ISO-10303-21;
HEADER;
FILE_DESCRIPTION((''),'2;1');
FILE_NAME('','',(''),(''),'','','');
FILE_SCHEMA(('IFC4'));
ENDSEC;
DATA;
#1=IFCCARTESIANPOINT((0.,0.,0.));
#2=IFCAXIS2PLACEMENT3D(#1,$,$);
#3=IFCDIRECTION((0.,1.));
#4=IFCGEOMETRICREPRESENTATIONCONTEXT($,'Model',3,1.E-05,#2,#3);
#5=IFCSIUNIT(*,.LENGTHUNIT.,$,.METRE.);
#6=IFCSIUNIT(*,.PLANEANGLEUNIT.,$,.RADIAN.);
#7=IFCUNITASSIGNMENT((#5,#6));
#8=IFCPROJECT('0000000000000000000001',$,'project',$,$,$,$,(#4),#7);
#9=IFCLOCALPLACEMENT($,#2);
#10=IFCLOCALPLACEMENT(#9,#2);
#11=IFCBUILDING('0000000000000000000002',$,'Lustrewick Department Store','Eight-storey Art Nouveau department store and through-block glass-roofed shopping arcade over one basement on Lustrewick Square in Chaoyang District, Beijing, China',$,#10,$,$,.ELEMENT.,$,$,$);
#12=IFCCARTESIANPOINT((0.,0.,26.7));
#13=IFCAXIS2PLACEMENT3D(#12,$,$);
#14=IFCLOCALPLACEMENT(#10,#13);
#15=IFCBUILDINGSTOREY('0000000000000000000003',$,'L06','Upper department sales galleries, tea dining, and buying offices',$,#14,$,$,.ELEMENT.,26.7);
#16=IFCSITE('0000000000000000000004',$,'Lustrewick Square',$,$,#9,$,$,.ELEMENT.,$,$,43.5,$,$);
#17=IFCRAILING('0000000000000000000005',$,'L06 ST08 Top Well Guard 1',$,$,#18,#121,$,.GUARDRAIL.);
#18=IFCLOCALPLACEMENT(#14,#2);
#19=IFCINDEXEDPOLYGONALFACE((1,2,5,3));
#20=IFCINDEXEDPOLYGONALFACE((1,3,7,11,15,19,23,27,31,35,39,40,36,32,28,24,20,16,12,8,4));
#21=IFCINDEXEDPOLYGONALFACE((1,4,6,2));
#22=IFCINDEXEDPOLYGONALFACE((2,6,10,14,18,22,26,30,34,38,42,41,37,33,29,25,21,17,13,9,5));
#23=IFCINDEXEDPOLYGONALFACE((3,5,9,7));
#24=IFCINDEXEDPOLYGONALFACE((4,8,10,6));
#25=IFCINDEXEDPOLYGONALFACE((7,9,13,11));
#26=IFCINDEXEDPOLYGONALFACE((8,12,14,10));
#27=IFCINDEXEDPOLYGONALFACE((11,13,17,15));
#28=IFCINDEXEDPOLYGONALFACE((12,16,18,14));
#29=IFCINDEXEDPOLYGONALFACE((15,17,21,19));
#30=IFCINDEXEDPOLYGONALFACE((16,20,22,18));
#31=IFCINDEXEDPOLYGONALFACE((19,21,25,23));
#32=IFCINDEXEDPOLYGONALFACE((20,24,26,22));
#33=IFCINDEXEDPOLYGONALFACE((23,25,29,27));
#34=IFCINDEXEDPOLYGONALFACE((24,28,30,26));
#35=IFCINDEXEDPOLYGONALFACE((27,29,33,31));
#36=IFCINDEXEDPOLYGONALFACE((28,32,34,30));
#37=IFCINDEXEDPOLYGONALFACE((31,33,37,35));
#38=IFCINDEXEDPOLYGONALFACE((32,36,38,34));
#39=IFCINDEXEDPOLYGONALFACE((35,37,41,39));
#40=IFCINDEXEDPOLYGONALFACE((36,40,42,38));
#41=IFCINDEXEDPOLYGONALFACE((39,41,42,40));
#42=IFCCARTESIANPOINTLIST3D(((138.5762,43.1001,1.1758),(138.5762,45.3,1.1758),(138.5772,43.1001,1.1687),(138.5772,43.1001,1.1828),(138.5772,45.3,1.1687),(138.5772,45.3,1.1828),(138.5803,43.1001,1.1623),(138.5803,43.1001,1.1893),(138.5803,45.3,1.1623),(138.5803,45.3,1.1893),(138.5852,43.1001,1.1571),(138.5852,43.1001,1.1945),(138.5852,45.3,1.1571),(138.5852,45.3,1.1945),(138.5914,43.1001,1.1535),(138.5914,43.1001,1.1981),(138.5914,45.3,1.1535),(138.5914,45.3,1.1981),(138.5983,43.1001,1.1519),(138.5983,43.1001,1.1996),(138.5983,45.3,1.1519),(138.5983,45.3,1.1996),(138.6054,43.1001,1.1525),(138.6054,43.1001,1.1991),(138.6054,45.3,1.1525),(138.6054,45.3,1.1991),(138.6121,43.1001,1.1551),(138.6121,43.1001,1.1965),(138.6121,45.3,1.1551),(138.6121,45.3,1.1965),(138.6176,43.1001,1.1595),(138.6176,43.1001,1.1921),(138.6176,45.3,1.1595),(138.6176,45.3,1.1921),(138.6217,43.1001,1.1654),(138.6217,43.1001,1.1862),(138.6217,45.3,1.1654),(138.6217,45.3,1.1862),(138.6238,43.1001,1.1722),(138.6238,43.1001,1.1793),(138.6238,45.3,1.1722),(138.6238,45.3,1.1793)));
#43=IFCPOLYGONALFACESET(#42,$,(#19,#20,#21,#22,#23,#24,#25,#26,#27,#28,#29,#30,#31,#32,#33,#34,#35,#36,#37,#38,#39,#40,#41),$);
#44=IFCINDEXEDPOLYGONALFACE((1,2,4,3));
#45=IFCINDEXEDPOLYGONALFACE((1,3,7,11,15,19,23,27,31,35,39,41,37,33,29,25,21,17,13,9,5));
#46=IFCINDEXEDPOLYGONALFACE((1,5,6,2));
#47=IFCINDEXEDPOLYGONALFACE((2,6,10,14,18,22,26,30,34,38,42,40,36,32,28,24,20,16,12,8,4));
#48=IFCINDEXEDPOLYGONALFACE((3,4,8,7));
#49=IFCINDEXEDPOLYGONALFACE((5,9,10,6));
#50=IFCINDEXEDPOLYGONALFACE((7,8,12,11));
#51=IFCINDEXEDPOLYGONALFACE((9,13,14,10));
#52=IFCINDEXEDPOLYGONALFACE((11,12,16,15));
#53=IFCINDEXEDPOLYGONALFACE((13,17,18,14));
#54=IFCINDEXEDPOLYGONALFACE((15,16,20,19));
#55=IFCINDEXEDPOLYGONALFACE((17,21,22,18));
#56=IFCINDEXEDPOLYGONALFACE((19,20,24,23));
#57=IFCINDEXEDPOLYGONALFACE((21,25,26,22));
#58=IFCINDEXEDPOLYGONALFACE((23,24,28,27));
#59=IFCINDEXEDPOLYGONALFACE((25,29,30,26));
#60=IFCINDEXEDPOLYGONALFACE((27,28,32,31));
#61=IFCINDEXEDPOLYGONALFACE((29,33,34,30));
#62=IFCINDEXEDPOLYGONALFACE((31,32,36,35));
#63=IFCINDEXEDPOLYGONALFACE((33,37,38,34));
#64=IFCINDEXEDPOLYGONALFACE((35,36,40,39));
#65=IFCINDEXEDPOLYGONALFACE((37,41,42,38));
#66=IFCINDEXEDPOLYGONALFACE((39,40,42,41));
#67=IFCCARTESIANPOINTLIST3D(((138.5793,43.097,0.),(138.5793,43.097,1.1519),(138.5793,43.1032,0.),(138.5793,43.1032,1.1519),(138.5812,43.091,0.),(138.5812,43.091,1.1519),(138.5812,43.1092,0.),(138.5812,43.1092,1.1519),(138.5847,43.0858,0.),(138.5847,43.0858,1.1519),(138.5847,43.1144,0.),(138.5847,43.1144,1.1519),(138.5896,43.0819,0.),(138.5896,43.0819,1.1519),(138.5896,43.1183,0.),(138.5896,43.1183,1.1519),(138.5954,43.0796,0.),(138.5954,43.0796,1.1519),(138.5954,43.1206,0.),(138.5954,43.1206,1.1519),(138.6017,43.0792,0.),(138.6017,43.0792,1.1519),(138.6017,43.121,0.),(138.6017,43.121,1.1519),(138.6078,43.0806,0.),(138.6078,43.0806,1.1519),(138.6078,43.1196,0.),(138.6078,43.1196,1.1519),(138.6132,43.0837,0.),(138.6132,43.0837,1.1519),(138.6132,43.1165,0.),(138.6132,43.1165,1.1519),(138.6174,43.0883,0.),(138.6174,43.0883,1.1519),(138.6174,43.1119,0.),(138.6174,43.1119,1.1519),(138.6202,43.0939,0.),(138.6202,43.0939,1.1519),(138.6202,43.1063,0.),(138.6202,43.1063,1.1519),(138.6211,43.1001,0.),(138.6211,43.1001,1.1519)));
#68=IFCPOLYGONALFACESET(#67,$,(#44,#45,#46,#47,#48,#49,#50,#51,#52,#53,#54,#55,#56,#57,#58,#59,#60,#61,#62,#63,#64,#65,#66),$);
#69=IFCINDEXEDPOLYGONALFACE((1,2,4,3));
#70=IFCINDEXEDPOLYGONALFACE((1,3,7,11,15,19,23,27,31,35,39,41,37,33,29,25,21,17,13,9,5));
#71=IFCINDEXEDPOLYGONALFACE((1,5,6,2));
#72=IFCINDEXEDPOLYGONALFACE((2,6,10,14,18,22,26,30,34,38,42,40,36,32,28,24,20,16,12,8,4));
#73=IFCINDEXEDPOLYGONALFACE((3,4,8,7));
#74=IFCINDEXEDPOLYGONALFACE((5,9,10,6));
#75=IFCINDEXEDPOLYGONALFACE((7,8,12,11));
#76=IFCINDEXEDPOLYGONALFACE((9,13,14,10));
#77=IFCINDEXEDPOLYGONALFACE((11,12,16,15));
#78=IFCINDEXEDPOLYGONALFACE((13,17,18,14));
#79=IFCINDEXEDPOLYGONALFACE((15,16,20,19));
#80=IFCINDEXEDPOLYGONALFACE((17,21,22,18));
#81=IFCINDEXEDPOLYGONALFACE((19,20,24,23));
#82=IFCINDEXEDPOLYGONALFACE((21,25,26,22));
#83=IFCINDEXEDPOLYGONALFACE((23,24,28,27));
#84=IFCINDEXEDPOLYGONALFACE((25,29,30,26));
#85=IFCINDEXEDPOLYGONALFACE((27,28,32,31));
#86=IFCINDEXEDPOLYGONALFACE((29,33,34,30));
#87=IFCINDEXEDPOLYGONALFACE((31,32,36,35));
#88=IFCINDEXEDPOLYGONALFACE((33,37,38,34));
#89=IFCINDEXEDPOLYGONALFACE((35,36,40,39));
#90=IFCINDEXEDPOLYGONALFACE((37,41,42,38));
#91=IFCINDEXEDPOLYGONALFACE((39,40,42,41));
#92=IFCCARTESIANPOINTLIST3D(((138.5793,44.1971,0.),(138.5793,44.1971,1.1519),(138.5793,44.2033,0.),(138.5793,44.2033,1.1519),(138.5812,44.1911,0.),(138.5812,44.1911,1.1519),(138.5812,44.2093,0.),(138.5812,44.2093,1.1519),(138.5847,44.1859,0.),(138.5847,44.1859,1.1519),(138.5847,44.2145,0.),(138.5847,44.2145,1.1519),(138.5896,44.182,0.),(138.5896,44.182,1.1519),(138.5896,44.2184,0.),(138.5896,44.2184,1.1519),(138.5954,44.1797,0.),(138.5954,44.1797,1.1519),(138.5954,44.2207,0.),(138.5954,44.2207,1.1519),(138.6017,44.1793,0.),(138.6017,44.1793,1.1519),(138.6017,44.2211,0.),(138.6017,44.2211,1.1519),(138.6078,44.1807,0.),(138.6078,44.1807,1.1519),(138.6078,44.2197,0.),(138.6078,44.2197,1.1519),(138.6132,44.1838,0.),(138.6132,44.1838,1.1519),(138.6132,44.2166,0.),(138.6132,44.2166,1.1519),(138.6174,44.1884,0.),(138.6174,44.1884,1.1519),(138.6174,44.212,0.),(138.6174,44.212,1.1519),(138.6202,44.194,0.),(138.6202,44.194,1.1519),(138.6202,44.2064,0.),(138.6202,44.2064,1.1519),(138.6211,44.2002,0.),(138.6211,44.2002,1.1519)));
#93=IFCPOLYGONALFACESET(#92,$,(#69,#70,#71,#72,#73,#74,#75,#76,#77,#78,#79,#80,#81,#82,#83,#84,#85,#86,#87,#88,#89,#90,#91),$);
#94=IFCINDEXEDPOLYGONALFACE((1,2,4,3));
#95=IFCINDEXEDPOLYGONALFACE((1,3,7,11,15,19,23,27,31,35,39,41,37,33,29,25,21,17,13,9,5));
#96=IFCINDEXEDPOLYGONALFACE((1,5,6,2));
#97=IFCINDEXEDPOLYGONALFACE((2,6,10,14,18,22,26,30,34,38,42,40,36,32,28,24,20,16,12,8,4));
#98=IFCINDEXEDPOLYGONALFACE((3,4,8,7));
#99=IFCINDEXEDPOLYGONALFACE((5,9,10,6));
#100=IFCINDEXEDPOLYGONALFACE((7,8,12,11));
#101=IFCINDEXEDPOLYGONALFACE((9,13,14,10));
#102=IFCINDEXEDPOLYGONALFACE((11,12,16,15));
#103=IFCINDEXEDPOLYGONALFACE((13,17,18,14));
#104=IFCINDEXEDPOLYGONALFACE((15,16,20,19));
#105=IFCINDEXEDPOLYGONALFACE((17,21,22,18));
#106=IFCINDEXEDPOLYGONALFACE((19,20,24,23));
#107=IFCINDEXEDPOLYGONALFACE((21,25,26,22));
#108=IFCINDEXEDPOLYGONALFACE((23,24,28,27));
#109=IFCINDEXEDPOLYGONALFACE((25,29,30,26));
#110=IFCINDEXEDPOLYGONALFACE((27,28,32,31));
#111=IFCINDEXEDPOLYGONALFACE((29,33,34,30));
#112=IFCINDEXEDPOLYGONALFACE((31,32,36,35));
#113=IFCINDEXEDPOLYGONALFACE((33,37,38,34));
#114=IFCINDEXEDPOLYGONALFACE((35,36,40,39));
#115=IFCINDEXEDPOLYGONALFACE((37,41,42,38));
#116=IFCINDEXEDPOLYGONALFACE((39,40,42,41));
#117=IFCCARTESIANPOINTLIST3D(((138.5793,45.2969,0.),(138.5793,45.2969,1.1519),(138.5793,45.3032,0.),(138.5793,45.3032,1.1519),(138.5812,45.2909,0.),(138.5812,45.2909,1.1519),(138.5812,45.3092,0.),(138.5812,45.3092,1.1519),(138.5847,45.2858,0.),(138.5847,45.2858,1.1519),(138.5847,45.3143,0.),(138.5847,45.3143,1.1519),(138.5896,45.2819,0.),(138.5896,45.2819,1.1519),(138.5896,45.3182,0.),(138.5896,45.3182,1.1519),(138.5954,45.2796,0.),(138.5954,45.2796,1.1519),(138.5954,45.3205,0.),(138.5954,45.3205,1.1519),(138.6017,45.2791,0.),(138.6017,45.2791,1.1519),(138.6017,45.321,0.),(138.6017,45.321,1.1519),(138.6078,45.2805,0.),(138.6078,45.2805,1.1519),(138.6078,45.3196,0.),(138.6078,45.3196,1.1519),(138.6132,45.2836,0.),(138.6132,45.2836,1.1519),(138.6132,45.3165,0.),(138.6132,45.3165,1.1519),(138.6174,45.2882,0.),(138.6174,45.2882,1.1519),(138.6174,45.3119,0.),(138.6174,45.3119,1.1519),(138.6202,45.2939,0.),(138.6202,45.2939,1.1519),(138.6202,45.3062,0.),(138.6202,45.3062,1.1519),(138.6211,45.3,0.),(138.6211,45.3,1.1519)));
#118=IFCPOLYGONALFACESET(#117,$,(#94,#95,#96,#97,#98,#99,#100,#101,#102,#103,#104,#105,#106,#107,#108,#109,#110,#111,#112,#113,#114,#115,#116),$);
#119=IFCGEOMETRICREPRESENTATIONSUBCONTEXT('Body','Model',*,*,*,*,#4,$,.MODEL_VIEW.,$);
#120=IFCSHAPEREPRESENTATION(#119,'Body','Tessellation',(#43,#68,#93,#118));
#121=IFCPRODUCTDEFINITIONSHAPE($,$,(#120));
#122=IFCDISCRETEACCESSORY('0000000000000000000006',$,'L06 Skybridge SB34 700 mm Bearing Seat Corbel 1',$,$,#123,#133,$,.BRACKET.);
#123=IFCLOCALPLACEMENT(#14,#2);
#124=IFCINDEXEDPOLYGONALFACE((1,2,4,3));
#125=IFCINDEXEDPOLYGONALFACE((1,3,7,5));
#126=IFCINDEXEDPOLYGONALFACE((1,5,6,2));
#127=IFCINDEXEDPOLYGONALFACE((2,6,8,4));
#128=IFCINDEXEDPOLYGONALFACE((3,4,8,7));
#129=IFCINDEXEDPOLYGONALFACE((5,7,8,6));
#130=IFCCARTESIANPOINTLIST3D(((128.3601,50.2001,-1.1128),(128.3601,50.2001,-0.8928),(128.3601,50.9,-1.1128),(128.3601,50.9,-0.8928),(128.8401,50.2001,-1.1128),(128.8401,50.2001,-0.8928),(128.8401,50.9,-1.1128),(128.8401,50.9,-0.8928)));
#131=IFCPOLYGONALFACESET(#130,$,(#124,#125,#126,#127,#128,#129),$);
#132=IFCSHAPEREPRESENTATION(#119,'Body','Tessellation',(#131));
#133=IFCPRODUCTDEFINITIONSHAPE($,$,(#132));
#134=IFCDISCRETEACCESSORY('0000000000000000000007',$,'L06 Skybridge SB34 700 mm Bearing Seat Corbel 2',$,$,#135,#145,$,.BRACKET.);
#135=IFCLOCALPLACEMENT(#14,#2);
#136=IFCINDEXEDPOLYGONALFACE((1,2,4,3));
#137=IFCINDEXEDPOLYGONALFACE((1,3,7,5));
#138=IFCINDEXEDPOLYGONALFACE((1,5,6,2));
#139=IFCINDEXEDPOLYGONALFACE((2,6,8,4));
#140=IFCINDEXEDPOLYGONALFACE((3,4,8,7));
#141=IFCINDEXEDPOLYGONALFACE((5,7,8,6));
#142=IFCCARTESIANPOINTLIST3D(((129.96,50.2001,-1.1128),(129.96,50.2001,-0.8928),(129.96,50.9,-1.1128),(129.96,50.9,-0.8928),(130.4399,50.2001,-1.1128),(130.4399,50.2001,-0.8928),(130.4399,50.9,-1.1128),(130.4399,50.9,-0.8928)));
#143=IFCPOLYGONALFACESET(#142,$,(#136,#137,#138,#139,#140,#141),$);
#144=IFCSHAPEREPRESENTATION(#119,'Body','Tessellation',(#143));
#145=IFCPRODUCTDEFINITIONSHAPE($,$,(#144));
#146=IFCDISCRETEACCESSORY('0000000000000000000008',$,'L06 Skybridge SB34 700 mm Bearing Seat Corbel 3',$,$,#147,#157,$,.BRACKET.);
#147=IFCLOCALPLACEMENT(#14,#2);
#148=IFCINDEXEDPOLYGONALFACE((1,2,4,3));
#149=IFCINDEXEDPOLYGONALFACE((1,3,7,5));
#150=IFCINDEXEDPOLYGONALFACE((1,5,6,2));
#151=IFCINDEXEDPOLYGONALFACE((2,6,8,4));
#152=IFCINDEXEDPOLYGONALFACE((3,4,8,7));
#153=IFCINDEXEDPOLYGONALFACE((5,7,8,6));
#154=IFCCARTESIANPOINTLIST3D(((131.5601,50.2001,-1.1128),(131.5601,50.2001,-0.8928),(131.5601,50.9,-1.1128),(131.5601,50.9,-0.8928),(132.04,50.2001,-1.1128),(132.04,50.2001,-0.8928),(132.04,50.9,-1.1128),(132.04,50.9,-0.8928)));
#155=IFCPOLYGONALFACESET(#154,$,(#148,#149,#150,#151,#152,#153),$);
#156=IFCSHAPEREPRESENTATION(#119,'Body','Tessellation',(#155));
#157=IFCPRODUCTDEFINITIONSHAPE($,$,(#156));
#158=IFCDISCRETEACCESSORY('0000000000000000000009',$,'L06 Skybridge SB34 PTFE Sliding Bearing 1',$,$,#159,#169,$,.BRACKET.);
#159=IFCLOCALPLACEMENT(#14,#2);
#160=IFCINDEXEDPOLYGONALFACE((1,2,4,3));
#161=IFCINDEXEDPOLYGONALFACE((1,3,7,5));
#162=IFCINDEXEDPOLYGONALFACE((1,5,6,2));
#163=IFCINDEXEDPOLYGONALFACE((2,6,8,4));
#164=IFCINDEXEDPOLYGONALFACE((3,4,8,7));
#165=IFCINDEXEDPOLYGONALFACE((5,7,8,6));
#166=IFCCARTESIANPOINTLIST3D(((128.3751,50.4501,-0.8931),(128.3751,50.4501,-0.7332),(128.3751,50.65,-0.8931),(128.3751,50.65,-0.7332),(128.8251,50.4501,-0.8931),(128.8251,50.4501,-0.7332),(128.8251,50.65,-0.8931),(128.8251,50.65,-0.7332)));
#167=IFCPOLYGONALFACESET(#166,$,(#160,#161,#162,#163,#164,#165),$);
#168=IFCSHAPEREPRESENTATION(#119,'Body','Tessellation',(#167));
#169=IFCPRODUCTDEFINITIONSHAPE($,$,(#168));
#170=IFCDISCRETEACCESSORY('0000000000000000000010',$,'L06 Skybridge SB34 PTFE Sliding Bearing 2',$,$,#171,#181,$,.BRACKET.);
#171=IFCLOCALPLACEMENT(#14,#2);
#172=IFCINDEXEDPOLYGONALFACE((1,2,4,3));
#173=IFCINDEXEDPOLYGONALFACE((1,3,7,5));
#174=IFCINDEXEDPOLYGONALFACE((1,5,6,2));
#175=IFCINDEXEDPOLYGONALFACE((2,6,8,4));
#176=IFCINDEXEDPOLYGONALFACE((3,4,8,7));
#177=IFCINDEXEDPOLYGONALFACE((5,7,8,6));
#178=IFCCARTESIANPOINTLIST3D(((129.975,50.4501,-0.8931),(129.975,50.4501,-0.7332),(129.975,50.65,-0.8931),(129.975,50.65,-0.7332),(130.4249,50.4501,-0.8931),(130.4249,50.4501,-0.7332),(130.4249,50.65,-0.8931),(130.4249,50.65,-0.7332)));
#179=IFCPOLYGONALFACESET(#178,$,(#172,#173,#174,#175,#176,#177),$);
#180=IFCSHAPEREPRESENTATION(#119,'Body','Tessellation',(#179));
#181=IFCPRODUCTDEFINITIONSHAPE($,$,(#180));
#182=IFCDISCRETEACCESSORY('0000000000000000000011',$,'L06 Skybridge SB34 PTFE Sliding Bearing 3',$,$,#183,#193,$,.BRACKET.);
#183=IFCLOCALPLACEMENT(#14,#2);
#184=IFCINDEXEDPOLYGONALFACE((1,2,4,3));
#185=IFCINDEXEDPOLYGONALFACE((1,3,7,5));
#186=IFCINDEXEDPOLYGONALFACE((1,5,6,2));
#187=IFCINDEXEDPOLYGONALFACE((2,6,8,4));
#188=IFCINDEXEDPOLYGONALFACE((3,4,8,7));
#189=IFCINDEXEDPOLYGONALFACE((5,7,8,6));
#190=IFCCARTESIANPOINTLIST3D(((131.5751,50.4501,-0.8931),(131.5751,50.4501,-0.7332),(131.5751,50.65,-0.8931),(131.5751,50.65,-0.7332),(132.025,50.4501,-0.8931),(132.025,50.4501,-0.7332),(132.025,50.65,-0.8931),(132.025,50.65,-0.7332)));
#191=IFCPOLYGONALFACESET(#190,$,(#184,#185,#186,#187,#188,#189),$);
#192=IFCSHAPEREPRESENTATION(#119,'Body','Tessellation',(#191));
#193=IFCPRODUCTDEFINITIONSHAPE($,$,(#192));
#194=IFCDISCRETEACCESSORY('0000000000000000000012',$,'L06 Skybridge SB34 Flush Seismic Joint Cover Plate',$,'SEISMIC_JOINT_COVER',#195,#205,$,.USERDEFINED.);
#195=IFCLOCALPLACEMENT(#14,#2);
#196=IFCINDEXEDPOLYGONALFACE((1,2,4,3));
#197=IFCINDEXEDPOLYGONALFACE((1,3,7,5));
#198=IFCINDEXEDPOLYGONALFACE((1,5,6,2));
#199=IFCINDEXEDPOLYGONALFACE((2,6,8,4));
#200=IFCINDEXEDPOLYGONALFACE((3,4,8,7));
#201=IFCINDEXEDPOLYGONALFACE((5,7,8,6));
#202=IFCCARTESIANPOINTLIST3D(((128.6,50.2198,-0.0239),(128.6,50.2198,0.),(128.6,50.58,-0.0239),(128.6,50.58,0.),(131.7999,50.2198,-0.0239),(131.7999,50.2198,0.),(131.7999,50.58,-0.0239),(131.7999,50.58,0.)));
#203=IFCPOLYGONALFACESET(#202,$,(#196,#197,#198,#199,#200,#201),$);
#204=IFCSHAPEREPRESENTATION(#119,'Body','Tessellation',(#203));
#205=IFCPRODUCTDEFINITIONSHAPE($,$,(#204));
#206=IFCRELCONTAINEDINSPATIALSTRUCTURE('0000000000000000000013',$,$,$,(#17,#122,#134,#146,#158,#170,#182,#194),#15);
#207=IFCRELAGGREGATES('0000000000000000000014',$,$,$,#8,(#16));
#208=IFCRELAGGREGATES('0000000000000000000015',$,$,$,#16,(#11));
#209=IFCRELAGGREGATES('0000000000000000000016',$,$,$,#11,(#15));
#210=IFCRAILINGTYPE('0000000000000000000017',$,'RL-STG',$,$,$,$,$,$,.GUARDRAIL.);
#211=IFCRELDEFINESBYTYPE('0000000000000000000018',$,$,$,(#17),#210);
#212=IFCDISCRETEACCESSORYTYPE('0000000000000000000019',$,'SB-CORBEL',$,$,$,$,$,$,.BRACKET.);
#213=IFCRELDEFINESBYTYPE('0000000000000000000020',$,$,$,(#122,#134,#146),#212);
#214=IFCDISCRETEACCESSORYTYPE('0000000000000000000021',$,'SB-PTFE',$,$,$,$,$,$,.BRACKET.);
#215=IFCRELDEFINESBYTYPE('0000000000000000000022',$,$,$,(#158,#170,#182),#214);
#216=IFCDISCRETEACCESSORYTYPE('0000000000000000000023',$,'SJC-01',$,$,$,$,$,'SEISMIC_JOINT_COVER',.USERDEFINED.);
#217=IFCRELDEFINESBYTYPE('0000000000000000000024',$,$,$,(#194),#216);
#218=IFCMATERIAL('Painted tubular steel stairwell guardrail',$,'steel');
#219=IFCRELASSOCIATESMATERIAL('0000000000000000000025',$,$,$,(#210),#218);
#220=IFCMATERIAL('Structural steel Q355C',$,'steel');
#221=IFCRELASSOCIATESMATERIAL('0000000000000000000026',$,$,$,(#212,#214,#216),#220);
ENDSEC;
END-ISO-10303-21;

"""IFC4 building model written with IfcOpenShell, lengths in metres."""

from ifc_helpers import new_model, si_unit, direction, frame, origin, origin_2d, place, context, subcontext, project, spatial, rectangle, circle, extrude, material, type_object, element, save


model = new_model("IFC4")

# Units and contexts
model_context = context("Model", 3, precision=1e-05, world=origin(), true_north=direction((0.0, 1.0)))
body_context = subcontext(model_context, "Body", "Model", "MODEL_VIEW")
ifc_project = project(units=[si_unit("LENGTHUNIT", "METRE"), si_unit("PLANEANGLEUNIT", "RADIAN")], contexts=[model_context])

# Site, building, storey
site_placement = place(None, origin())
site = spatial("IfcSite", under=ifc_project, at=site_placement, Name="Lustrewick Square", CompositionType="ELEMENT", RefElevation=43.5)
building_placement = place(site_placement, origin())
building = spatial("IfcBuilding", under=site, at=building_placement, Name="Lustrewick Department Store", Description="Eight-storey Art Nouveau department store and through-block glass-roofed shopping arcade over one basement on Lustrewick Square in Chaoyang District, Beijing, China", CompositionType="ELEMENT")
storey_placement = place(building_placement, frame((0.0, 0.0, 26.7)))
storey = spatial("IfcBuildingStorey", under=building, at=storey_placement, Name="L06", Description="Upper department sales galleries, tea dining, and buying offices", CompositionType="ELEMENT", Elevation=26.7)

# Railing
ifc_material_1 = material(Name="Painted tubular steel stairwell guardrail", Category="steel")
railing_type_1 = type_object("IfcRailingType", Name="RL-STG", PredefinedType="GUARDRAIL", material=ifc_material_1)
railing_1_placement = place(storey_placement, frame((138.6001, 43.1001, 0.0)))
element("IfcRailing", 1, at=railing_1_placement, inside=storey, type_object=railing_type_1, Name="L06 ST08 Top Well Guard 1", PredefinedType="GUARDRAIL", context=body_context, shape_type="SweptSolid", body=[
    extrude(circle(Radius=0.0239, at=origin_2d()), frame((0.0, 0.0, 1.1758), z_axis=(0.0, 1.0, 0.0), x_axis=(-1.0, 0.0, 0.0)), (0.0, 0.0, 1.0), 2.2),
    extrude(circle(Radius=0.021, at=origin_2d()), origin(), (0.0, 0.0, 1.0), 1.1519),
    extrude(circle(Radius=0.021, at=origin_2d()), frame((0.0, 1.1001, 0.0)), (0.0, 0.0, 1.0), 1.1519),
    extrude(circle(Radius=0.021, at=origin_2d()), frame((0.0, 2.2, 0.0)), (0.0, 0.0, 1.0), 1.1519),
])

# Discrete accessories
ifc_material_2 = material(Name="Structural steel Q355C", Category="steel")
discrete_accessory_type_1 = type_object("IfcDiscreteAccessoryType", Name="SB-CORBEL", PredefinedType="BRACKET", material=ifc_material_2)
for number, where, z_axis, x_axis, name in (
    (2, (128.6001, 50.55, -1.1128), (0.0, 0.0, 1.0), (1.0, 0.0, 0.0), "L06 Skybridge SB34 700 mm Bearing Seat Corbel 1"),
    (3, (130.2, 50.55, -1.1128), (0.0, 0.0, 1.0), (1.0, 0.0, 0.0), "L06 Skybridge SB34 700 mm Bearing Seat Corbel 2"),
    (4, (131.8, 50.55, -1.1128), (0.0, 0.0, 1.0), (1.0, 0.0, 0.0), "L06 Skybridge SB34 700 mm Bearing Seat Corbel 3"),
):
    element("IfcDiscreteAccessory", number, at=place(storey_placement, frame(where, z_axis=z_axis, x_axis=x_axis)), inside=storey, type_object=discrete_accessory_type_1, Name=name, PredefinedType="BRACKET", context=body_context, shape_type="SweptSolid", body=[
        extrude(rectangle(XDim=0.48, YDim=0.7, at=origin_2d()), origin(), (0.0, 0.0, 1.0), 0.22),
    ])
discrete_accessory_type_2 = type_object("IfcDiscreteAccessoryType", Name="SB-PTFE", PredefinedType="BRACKET", material=ifc_material_2)
for number, where, z_axis, x_axis, name in (
    (5, (128.6001, 50.55, -0.8931), (0.0, 0.0, 1.0), (1.0, 0.0, 0.0), "L06 Skybridge SB34 PTFE Sliding Bearing 1"),
    (6, (130.2, 50.55, -0.8931), (0.0, 0.0, 1.0), (1.0, 0.0, 0.0), "L06 Skybridge SB34 PTFE Sliding Bearing 2"),
    (7, (131.8, 50.55, -0.8931), (0.0, 0.0, 1.0), (1.0, 0.0, 0.0), "L06 Skybridge SB34 PTFE Sliding Bearing 3"),
):
    element("IfcDiscreteAccessory", number, at=place(storey_placement, frame(where, z_axis=z_axis, x_axis=x_axis)), inside=storey, type_object=discrete_accessory_type_2, Name=name, PredefinedType="BRACKET", context=body_context, shape_type="SweptSolid", body=[
        extrude(rectangle(XDim=0.45, YDim=0.2, at=origin_2d()), origin(), (0.0, 0.0, 1.0), 0.1599),
    ])
discrete_accessory_type_3 = type_object("IfcDiscreteAccessoryType", Name="SJC-01", ElementType="SEISMIC_JOINT_COVER", PredefinedType="USERDEFINED", material=ifc_material_2)
discrete_accessory_1_placement = place(storey_placement, frame((130.2, 50.3999, -0.0239), z_axis=(0.0, 0.0, 1.0), x_axis=(1.0, 0.0, 0.0)))
element("IfcDiscreteAccessory", 8, at=discrete_accessory_1_placement, inside=storey, type_object=discrete_accessory_type_3, Name="L06 Skybridge SB34 Flush Seismic Joint Cover Plate", ObjectType="SEISMIC_JOINT_COVER", PredefinedType="USERDEFINED", context=body_context, shape_type="SweptSolid", body=[
    extrude(rectangle(XDim=3.2, YDim=0.3601, at=origin_2d()), origin(), (0.0, 0.0, 1.0), 0.0239),
])

save(model, "model.ifc")
